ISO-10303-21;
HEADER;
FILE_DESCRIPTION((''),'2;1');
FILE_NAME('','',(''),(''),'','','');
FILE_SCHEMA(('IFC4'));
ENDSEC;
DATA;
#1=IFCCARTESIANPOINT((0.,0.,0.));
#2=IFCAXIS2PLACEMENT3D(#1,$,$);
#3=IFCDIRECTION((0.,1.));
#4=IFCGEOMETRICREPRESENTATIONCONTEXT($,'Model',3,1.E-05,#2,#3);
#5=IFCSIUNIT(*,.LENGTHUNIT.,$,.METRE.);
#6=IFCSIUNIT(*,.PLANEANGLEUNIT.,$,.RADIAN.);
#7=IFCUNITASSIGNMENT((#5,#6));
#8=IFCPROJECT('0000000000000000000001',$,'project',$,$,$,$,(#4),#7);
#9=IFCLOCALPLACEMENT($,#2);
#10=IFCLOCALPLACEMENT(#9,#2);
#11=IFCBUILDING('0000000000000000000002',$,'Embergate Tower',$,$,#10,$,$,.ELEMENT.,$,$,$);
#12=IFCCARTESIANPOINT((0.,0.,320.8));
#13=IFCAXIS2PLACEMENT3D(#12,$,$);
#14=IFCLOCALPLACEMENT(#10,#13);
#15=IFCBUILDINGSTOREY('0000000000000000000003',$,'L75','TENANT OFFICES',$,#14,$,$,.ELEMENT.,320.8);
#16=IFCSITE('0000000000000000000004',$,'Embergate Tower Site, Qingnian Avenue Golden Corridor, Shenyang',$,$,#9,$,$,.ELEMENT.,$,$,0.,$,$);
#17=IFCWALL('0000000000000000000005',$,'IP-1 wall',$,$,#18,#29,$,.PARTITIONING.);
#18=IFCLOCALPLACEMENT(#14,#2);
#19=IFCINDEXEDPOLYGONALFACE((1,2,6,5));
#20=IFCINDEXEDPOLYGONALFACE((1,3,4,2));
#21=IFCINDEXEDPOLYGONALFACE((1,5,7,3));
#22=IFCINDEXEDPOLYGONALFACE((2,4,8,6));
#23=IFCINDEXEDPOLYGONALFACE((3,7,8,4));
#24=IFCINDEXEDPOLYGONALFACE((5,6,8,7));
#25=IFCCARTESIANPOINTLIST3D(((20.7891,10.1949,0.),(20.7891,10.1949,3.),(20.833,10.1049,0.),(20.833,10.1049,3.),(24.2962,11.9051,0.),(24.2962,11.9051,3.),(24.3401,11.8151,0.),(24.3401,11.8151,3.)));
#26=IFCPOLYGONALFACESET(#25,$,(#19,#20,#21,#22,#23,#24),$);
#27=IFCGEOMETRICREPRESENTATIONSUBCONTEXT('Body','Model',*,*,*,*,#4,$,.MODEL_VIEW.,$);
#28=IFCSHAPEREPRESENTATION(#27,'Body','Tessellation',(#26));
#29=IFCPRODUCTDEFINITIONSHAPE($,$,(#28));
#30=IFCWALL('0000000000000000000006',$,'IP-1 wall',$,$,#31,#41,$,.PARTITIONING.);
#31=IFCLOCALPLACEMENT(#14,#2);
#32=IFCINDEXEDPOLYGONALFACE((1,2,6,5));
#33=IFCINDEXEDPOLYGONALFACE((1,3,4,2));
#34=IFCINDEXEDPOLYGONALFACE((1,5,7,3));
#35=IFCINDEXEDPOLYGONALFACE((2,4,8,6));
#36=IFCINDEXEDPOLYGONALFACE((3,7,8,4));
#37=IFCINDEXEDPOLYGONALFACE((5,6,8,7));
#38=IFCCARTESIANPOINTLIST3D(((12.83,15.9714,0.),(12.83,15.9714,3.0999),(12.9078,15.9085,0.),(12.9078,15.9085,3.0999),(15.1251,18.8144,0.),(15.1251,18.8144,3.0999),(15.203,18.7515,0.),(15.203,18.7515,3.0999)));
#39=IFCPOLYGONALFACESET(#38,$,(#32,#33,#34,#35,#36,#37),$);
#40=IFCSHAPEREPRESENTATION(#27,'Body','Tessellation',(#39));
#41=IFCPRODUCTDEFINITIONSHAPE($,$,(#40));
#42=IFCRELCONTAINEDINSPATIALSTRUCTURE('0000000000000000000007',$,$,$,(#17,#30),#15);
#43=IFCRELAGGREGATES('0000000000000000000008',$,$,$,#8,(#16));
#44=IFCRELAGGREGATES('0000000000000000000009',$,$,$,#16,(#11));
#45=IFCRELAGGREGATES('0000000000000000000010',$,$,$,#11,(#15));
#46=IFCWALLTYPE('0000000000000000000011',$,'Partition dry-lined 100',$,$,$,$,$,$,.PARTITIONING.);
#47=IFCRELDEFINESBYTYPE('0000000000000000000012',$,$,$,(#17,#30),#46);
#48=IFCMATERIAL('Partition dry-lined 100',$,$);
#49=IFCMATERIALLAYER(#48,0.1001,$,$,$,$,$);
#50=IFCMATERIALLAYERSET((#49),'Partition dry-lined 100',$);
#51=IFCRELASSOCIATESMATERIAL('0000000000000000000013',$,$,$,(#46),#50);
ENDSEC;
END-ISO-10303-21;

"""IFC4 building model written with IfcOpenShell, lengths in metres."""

from ifc_helpers import new_model, si_unit, direction, frame, frame_2d, origin, place, context, subcontext, project, spatial, rectangle, extrude, source, transform, mapped, material, layer, layer_set, type_object, element, save


model = new_model("IFC4")

# Units and contexts
model_context = context("Model", 3, precision=1e-05, world=origin(), true_north=direction((0.0, 1.0)))
body_context = subcontext(model_context, "Body", "Model", "MODEL_VIEW")
ifc_project = project(units=[si_unit("LENGTHUNIT", "METRE"), si_unit("PLANEANGLEUNIT", "RADIAN")], contexts=[model_context])

# Site, building, storey
site_placement = place(None, origin())
site = spatial("IfcSite", under=ifc_project, at=site_placement, Name="Embergate Tower Site, Qingnian Avenue Golden Corridor, Shenyang", CompositionType="ELEMENT", RefElevation=0.0)
building_placement = place(site_placement, origin())
building = spatial("IfcBuilding", under=site, at=building_placement, Name="Embergate Tower", CompositionType="ELEMENT")
storey_placement = place(building_placement, frame((0.0, 0.0, 320.8)))
storey = spatial("IfcBuildingStorey", under=building, at=storey_placement, Name="L75", Description="TENANT OFFICES", CompositionType="ELEMENT", Elevation=320.8)

# Walls
ifc_material_1 = material(Name="Partition dry-lined 100")
ifc_layer_1 = layer(ifc_material_1, 0.1001)
ifc_layer_set_1 = layer_set([ifc_layer_1], Name="Partition dry-lined 100")
wall_type = type_object("IfcWallType", Name="Partition dry-lined 100", PredefinedType="PARTITIONING", material=ifc_layer_set_1)
shared_shape_1 = source(origin(), body_context, "Body", "SweptSolid", [
    extrude(rectangle(XDim=3.9019, YDim=0.1001, at=frame_2d((1.9509, 0.0))), origin(), (0.0, 0.0, 1.0), 3.0),
])
wall_1_placement = place(storey_placement, frame((20.811, 10.1499, 0.0), z_axis=(0.0, 0.0, 1.0), x_axis=(0.898826, 0.438307, 0.0)))
element("IfcWall", 1, at=wall_1_placement, inside=storey, type_object=wall_type, Name="IP-1 wall", PredefinedType="PARTITIONING", context=body_context, shape_type="MappedRepresentation", body=[
    mapped(shared_shape_1, transform((0.0, 0.0, 0.0))),
])
shared_shape_2 = source(origin(), body_context, "Body", "SweptSolid", [
    extrude(rectangle(XDim=3.6538, YDim=0.1001, at=frame_2d((1.8269, 0.0))), origin(), (0.0, 0.0, 1.0), 3.0999),
])
wall_2_placement = place(storey_placement, frame((12.8689, 15.9399, 0.0), z_axis=(0.0, 0.0, 1.0), x_axis=(0.628152, 0.778091, 0.0)))
element("IfcWall", 2, at=wall_2_placement, inside=storey, type_object=wall_type, Name="IP-1 wall", PredefinedType="PARTITIONING", context=body_context, shape_type="MappedRepresentation", body=[
    mapped(shared_shape_2, transform((0.0, 0.0, 0.0))),
])

save(model, "model.ifc")
